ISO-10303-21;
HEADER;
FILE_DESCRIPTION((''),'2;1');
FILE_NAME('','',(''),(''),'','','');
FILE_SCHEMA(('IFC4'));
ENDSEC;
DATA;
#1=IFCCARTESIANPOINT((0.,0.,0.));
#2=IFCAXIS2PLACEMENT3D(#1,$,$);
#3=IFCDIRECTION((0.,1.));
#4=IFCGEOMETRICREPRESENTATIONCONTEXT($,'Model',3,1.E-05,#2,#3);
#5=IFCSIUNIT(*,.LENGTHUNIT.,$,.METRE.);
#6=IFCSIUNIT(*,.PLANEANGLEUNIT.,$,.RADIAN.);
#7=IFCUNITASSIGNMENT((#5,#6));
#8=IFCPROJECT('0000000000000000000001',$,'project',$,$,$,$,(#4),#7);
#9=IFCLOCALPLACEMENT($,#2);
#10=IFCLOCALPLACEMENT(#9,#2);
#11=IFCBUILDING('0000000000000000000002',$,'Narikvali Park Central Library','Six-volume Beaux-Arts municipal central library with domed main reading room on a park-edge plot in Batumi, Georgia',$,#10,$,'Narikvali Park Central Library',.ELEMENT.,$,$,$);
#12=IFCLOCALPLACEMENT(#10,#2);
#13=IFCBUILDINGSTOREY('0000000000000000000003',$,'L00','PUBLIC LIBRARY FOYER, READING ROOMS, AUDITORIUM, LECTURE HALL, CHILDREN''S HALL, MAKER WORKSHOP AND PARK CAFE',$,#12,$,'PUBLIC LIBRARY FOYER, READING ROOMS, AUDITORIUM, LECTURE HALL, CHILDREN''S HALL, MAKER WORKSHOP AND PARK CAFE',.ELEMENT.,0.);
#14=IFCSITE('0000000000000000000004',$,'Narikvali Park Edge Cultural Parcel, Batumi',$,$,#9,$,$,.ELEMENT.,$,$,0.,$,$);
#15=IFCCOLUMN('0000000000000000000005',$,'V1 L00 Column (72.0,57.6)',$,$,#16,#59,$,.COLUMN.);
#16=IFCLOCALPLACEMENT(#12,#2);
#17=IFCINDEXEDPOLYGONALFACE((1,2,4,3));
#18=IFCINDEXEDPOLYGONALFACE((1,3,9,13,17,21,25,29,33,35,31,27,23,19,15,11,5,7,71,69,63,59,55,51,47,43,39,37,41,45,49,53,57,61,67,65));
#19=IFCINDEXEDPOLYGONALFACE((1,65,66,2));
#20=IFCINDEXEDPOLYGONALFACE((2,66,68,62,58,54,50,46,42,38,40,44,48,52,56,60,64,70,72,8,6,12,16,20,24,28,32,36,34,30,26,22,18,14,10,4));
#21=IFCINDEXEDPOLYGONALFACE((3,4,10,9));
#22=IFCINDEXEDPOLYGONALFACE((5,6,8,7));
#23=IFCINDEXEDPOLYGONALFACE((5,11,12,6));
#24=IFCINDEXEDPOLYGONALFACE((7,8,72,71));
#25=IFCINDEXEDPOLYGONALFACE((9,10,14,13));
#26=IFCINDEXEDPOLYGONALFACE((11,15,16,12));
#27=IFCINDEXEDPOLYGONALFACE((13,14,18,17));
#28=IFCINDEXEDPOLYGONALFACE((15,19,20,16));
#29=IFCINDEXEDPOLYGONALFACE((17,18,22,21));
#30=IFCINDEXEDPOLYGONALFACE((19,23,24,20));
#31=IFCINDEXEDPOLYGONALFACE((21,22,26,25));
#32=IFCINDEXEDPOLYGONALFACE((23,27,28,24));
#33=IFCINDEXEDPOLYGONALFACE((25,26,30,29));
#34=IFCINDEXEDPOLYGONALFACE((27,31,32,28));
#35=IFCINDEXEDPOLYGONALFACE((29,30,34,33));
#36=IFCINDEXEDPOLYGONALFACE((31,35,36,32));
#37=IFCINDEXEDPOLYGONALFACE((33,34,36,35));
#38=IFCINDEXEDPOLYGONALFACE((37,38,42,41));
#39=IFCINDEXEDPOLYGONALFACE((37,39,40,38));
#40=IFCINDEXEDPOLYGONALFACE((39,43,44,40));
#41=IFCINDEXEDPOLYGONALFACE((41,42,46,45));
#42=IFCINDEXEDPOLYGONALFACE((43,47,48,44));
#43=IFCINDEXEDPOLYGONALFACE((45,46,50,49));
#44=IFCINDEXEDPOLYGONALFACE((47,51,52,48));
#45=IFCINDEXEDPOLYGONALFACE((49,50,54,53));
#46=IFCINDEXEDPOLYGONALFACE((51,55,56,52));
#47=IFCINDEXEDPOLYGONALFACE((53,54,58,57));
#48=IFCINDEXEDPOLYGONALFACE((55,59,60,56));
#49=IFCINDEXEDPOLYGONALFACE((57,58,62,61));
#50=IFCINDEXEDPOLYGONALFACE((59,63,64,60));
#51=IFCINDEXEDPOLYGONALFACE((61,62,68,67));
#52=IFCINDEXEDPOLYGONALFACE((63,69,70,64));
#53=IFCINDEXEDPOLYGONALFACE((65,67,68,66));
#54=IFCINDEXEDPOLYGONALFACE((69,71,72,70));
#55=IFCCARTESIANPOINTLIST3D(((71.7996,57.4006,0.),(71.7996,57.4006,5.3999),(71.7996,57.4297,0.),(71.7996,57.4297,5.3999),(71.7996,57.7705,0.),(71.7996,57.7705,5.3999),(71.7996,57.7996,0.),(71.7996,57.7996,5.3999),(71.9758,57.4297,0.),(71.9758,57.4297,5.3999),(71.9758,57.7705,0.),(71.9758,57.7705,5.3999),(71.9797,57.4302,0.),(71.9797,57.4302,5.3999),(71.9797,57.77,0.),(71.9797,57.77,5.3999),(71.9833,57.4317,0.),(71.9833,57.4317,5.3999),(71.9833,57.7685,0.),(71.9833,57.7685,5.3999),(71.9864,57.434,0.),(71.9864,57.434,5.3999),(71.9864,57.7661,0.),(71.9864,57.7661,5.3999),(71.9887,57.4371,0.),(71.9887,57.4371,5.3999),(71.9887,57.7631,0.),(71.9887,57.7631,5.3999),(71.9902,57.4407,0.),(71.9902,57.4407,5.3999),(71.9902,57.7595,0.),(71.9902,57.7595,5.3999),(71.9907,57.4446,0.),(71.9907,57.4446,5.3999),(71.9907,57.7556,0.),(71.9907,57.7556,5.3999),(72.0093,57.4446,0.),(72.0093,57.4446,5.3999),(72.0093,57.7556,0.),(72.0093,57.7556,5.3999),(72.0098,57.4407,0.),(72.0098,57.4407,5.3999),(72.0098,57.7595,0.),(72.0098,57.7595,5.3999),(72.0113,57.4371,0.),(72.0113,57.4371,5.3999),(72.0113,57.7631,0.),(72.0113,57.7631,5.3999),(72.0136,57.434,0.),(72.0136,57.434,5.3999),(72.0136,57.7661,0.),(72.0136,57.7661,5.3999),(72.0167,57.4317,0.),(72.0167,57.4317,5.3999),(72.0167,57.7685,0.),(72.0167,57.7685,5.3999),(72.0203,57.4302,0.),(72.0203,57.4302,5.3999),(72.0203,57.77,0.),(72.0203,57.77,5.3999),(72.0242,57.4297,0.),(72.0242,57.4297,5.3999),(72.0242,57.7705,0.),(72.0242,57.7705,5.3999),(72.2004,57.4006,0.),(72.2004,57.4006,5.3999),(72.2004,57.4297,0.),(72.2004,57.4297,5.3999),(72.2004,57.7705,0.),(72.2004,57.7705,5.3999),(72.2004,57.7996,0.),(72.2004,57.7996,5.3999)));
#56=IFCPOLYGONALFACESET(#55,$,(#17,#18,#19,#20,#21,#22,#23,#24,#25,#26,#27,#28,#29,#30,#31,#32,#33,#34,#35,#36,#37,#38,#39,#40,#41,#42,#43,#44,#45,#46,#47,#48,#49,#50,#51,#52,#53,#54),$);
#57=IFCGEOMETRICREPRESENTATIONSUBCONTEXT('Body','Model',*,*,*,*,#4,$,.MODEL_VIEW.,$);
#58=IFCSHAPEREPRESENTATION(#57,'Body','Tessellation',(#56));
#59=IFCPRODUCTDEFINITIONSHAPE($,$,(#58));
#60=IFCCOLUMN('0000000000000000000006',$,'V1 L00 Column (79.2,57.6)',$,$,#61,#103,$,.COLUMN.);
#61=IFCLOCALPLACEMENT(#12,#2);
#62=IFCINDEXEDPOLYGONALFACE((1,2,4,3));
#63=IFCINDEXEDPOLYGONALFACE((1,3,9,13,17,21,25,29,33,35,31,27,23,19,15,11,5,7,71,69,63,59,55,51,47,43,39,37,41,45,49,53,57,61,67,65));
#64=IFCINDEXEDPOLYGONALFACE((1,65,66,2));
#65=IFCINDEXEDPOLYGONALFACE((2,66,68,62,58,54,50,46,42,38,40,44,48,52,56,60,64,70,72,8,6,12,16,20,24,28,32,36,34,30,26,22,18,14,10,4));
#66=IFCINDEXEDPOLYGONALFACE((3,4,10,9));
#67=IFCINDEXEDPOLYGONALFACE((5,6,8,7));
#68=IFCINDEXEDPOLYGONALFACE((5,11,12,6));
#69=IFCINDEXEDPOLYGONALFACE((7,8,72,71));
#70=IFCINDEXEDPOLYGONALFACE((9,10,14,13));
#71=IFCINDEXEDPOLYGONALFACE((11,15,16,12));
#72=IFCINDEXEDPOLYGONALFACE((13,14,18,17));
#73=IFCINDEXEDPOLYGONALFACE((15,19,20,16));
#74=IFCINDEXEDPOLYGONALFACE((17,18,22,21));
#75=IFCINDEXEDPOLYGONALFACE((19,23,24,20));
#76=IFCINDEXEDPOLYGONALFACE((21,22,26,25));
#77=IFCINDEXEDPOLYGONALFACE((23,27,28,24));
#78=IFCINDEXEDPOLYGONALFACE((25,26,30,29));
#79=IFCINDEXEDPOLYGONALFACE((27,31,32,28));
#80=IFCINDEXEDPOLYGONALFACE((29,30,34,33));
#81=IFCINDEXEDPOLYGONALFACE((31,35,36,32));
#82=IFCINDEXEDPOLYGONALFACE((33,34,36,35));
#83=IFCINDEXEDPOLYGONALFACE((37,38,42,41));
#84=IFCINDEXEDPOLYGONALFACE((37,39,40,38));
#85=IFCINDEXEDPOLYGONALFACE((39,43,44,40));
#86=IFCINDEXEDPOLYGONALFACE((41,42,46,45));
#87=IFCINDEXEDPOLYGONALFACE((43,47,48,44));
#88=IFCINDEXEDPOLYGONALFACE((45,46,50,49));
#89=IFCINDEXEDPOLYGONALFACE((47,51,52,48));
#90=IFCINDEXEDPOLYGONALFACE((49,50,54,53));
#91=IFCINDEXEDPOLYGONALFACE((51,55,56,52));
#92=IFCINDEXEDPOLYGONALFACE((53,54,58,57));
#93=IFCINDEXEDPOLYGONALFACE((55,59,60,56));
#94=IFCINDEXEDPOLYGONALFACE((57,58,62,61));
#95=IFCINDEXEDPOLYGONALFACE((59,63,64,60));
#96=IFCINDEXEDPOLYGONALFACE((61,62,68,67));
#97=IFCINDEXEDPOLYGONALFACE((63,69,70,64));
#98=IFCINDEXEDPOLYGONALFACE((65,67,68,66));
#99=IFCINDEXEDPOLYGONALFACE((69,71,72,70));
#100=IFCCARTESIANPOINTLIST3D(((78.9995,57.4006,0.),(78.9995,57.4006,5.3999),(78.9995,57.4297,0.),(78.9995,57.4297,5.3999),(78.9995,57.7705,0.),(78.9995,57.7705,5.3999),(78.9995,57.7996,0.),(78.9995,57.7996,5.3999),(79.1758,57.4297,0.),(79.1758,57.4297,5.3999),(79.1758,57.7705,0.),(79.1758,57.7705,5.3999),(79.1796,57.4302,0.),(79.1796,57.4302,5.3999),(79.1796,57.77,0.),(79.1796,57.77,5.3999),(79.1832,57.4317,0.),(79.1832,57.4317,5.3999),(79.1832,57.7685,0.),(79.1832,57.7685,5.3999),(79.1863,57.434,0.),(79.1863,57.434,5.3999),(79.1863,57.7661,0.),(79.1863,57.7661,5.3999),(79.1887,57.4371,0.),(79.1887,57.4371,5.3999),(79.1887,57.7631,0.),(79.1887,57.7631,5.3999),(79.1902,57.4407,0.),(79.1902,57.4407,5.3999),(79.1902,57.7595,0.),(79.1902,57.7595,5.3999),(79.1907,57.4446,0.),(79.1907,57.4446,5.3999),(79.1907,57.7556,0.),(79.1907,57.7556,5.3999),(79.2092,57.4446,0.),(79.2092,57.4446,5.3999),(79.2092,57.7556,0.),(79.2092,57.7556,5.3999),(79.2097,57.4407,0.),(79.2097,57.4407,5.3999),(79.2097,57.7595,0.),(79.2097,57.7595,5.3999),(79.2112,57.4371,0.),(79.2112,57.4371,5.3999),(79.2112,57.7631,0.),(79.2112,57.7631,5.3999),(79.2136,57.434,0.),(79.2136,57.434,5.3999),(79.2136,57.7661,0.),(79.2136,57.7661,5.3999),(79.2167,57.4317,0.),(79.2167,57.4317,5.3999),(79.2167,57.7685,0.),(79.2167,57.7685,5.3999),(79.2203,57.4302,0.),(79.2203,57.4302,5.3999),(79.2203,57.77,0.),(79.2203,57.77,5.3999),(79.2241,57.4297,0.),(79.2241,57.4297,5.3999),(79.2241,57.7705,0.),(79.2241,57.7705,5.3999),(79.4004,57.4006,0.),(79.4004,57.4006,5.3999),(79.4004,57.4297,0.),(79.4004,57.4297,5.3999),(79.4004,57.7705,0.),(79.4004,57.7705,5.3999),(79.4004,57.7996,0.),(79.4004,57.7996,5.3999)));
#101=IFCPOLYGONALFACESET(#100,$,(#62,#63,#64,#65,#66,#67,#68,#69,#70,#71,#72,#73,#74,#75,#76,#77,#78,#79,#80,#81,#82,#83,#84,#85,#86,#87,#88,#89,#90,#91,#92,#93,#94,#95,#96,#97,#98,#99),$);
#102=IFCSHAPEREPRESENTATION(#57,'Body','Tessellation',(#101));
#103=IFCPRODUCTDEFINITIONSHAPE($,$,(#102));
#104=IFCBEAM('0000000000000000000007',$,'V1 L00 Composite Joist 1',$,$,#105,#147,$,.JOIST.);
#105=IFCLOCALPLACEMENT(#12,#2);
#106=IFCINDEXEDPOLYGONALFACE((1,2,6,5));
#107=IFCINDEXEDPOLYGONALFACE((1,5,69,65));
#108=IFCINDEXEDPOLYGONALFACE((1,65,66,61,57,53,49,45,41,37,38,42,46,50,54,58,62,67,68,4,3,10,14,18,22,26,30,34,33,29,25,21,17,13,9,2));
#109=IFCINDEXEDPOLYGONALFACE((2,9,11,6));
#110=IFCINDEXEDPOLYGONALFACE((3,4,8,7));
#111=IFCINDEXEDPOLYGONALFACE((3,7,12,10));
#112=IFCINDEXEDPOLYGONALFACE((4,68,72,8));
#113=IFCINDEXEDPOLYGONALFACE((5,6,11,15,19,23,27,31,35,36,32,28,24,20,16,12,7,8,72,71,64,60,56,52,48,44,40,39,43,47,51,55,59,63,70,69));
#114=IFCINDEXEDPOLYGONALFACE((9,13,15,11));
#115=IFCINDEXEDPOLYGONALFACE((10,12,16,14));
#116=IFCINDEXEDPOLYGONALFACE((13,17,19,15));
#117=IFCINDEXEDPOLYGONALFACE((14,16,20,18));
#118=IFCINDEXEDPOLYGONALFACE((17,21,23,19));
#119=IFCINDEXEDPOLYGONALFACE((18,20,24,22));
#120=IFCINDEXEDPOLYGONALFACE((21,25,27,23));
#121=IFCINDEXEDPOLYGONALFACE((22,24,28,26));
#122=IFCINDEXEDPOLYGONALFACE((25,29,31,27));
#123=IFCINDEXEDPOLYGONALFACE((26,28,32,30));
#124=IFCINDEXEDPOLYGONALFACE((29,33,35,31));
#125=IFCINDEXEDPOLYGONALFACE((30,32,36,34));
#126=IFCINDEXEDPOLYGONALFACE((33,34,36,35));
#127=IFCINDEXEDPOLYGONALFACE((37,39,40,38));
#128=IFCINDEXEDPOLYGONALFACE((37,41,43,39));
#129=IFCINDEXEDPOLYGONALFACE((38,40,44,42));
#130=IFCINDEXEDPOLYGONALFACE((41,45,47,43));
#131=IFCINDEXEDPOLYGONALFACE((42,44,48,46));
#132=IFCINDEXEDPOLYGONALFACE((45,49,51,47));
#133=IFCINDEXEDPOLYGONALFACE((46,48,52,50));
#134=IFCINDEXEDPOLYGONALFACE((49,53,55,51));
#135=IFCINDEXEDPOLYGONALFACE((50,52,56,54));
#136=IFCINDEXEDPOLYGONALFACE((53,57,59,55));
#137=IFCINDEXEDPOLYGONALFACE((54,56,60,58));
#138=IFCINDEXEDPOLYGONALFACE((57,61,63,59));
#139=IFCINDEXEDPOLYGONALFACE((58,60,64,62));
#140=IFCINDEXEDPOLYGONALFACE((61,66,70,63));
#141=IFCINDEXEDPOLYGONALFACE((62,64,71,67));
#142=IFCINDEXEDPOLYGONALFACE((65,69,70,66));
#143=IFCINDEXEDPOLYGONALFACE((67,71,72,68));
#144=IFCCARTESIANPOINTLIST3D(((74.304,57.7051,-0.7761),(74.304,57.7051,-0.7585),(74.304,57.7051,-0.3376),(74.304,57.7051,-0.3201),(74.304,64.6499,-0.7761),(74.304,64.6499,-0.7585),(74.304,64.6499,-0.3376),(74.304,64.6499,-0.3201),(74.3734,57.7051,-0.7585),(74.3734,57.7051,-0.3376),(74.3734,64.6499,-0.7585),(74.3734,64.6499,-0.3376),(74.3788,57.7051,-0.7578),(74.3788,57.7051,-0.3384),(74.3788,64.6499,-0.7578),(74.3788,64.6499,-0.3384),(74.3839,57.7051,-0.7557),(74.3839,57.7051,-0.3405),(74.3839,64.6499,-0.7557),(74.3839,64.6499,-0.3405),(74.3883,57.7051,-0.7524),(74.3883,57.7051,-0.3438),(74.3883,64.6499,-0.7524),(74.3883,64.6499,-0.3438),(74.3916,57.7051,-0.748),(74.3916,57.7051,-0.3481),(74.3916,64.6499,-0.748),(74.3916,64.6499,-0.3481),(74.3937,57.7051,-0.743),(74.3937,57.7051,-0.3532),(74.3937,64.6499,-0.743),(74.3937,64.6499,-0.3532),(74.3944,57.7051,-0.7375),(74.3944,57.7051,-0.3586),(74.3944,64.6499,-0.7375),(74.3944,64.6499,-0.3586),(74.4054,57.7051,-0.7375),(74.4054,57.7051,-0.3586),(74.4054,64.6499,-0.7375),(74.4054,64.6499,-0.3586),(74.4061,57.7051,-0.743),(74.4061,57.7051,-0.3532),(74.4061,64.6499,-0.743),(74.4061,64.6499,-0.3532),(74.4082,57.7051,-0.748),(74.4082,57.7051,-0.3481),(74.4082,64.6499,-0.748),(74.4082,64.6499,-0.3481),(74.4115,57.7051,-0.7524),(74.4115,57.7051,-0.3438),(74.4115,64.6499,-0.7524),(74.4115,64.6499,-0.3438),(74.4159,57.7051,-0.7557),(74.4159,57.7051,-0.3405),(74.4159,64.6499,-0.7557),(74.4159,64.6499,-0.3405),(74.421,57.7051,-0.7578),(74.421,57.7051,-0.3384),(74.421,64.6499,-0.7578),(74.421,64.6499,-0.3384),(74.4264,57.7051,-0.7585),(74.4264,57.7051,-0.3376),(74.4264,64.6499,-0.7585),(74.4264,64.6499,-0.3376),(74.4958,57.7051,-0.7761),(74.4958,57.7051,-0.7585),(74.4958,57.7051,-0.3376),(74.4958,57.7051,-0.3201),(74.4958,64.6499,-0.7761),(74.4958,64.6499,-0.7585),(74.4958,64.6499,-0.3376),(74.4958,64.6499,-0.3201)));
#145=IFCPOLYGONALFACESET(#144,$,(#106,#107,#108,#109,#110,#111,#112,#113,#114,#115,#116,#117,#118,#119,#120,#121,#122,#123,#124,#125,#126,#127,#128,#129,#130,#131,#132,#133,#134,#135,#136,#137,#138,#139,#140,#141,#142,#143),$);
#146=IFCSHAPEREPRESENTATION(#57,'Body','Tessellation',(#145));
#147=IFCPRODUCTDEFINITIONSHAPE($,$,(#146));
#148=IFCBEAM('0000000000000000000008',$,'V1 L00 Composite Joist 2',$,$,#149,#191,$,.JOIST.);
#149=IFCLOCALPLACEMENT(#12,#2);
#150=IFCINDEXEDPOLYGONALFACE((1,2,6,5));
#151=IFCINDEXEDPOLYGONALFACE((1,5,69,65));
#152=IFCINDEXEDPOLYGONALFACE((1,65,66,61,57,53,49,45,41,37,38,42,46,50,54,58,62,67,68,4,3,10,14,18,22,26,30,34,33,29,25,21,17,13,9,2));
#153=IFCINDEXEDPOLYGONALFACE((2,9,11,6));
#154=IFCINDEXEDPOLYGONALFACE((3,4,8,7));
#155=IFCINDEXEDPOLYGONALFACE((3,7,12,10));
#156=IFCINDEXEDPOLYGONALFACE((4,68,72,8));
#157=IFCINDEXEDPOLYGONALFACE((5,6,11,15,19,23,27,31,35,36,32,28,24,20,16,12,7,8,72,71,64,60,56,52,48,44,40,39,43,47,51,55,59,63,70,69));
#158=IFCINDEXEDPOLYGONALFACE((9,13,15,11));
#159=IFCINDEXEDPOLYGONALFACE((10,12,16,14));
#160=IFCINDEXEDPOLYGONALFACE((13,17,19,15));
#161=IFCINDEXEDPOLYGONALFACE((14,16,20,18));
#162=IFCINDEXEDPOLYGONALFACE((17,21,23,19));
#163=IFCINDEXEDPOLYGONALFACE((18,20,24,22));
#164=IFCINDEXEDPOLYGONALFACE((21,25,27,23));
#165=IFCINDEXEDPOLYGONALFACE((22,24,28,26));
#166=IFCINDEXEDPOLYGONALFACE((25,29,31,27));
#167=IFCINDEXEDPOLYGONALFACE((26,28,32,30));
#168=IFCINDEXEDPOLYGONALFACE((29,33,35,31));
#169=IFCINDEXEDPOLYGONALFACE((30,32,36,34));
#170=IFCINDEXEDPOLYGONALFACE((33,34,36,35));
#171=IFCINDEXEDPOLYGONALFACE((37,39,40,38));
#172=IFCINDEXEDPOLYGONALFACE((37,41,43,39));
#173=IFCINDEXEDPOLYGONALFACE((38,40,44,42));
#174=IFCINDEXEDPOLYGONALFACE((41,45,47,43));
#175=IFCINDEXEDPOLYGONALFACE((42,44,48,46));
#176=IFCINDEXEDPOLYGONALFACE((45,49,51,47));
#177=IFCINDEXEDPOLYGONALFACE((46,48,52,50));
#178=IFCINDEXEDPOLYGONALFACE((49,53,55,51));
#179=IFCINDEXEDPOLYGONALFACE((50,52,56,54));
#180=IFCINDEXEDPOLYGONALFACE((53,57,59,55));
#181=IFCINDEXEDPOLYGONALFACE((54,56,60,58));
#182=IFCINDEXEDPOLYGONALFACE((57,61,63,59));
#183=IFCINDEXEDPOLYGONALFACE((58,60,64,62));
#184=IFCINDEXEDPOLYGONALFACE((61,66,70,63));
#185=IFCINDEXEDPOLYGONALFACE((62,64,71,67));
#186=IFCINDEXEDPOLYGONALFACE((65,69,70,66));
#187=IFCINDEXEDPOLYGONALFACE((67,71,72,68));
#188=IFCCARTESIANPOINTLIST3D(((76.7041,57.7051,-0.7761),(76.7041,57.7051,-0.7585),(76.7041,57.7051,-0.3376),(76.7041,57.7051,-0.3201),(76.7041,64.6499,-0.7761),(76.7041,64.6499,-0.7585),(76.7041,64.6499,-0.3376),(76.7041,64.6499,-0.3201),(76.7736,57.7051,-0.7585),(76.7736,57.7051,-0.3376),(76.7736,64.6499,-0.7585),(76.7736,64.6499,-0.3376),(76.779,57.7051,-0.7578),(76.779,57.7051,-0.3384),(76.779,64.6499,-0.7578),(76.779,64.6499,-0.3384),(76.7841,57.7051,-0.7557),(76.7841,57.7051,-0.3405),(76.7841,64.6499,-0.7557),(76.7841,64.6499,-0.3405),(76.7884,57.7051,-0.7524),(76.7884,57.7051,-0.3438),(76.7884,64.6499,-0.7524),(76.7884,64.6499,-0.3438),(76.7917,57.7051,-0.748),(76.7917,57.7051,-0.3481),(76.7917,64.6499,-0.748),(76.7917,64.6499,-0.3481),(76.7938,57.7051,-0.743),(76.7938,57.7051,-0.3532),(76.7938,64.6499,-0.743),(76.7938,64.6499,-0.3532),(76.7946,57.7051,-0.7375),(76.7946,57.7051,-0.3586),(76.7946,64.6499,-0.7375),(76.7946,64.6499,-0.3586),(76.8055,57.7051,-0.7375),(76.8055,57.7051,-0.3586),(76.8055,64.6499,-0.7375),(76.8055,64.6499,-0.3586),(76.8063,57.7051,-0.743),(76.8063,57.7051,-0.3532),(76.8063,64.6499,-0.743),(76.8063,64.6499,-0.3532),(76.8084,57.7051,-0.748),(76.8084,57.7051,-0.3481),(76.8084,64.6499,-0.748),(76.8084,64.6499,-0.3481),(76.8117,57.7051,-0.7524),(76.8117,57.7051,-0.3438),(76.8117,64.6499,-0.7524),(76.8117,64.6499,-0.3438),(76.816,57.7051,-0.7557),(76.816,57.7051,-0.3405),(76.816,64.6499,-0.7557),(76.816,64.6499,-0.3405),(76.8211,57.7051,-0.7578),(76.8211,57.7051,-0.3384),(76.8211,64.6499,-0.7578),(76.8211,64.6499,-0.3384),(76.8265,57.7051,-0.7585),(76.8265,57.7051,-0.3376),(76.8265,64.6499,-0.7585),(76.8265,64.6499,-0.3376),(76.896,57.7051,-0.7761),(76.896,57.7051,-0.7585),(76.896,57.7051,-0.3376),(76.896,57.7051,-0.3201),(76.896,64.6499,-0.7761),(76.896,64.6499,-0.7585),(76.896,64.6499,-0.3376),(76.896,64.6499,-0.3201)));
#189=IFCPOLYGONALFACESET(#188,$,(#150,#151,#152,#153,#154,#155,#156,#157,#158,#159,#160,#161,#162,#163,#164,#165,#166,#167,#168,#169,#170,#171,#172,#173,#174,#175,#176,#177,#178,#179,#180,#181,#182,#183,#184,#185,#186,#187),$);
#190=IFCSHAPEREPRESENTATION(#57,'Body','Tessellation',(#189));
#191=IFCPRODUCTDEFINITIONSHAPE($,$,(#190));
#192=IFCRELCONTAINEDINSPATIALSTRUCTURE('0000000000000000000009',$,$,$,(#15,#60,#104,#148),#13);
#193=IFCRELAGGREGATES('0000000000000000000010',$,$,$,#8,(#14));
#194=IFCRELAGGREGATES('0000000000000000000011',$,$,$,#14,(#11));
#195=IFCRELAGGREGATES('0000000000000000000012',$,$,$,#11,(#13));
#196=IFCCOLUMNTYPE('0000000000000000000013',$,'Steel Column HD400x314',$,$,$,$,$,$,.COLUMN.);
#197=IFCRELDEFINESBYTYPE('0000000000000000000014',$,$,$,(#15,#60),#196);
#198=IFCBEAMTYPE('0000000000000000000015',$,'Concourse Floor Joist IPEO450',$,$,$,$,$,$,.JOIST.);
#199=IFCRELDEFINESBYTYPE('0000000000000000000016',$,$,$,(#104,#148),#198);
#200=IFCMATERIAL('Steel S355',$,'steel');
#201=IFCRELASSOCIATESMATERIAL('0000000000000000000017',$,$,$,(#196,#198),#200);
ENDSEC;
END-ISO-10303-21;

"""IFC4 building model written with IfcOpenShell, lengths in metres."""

from ifc_helpers import new_model, si_unit, direction, frame, origin, origin_2d, place, context, subcontext, project, spatial, i_section, extrude, material, material_profile, profile_set, type_object, element, save


model = new_model("IFC4")

# Units and contexts
model_context = context("Model", 3, precision=1e-05, world=origin(), true_north=direction((0.0, 1.0)))
body_context = subcontext(model_context, "Body", "Model", "MODEL_VIEW")
ifc_project = project(units=[si_unit("LENGTHUNIT", "METRE"), si_unit("PLANEANGLEUNIT", "RADIAN")], contexts=[model_context])

# Site, building, storey
site_placement = place(None, origin())
site = spatial("IfcSite", under=ifc_project, at=site_placement, Name="Narikvali Park Edge Cultural Parcel, Batumi", CompositionType="ELEMENT", RefElevation=0.0)
building_placement = place(site_placement, origin())
building = spatial("IfcBuilding", under=site, at=building_placement, Name="Narikvali Park Central Library", Description="Six-volume Beaux-Arts municipal central library with domed main reading room on a park-edge plot in Batumi, Georgia", LongName="Narikvali Park Central Library", CompositionType="ELEMENT")
storey_placement = place(building_placement, origin())
storey = spatial("IfcBuildingStorey", under=building, at=storey_placement, Name="L00", Description="PUBLIC LIBRARY FOYER, READING ROOMS, AUDITORIUM, LECTURE HALL, CHILDREN'S HALL, MAKER WORKSHOP AND PARK CAFE", LongName="PUBLIC LIBRARY FOYER, READING ROOMS, AUDITORIUM, LECTURE HALL, CHILDREN'S HALL, MAKER WORKSHOP AND PARK CAFE", CompositionType="ELEMENT", Elevation=0.0)

# Columns
ifc_material_1 = material(Name="Steel S355", Category="steel")
ifc_material_profile_1 = material_profile(ifc_material_1, i_section(OverallWidth=0.4009, OverallDepth=0.3989, WebThickness=0.0186, FlangeThickness=0.0291, FilletRadius=0.0149, at=origin_2d()), Name="HD 400x314")
ifc_profile_set_1 = profile_set([ifc_material_profile_1], Name="Steel S355")
column_type = type_object("IfcColumnType", Name="Steel Column HD400x314", PredefinedType="COLUMN", material=ifc_profile_set_1)
for number, where, z_axis, x_axis, name in (
    (1, (72.0, 57.6001, 0.0), (0.0, 0.0, 1.0), (1.0, 0.0, 0.0), "V1 L00 Column (72.0,57.6)"),
    (2, (79.2, 57.6001, 0.0), (0.0, 0.0, 1.0), (1.0, 0.0, 0.0), "V1 L00 Column (79.2,57.6)"),
):
    element("IfcColumn", number, at=place(storey_placement, frame(where, z_axis=z_axis, x_axis=x_axis)), inside=storey, type_object=column_type, Name=name, PredefinedType="COLUMN", context=body_context, shape_type="SweptSolid", body=[
        extrude(i_section(OverallWidth=0.4009, OverallDepth=0.3989, WebThickness=0.0186, FlangeThickness=0.0291, FilletRadius=0.0149, at=origin_2d()), origin(), (0.0, 0.0, 1.0), 5.3999),
    ])

# Beams
ifc_material_profile_2 = material_profile(ifc_material_1, i_section(OverallWidth=0.1919, OverallDepth=0.4561, WebThickness=0.011, FlangeThickness=0.0176, FilletRadius=0.021, at=origin_2d()), Name="IPEO 450")
ifc_profile_set_2 = profile_set([ifc_material_profile_2], Name="Steel S355")
beam_type_1 = type_object("IfcBeamType", Name="Concourse Floor Joist IPEO450", PredefinedType="JOIST", material=ifc_profile_set_2)
for number, where, z_axis, x_axis, name in (
    (3, (74.3999, 57.7051, -0.5481), (0.0, 1.0, 0.0), (-1.0, 0.0, 0.0), "V1 L00 Composite Joist 1"),
    (4, (76.8, 57.7051, -0.5481), (0.0, 1.0, 0.0), (-1.0, 0.0, 0.0), "V1 L00 Composite Joist 2"),
):
    element("IfcBeam", number, at=place(storey_placement, frame(where, z_axis=z_axis, x_axis=x_axis)), inside=storey, type_object=beam_type_1, Name=name, PredefinedType="JOIST", context=body_context, shape_type="SweptSolid", body=[
        extrude(i_section(OverallWidth=0.1919, OverallDepth=0.4561, WebThickness=0.011, FlangeThickness=0.0176, FilletRadius=0.021, at=origin_2d()), origin(), (0.0, 0.0, 1.0), 6.9448),
    ])

save(model, "model.ifc")
